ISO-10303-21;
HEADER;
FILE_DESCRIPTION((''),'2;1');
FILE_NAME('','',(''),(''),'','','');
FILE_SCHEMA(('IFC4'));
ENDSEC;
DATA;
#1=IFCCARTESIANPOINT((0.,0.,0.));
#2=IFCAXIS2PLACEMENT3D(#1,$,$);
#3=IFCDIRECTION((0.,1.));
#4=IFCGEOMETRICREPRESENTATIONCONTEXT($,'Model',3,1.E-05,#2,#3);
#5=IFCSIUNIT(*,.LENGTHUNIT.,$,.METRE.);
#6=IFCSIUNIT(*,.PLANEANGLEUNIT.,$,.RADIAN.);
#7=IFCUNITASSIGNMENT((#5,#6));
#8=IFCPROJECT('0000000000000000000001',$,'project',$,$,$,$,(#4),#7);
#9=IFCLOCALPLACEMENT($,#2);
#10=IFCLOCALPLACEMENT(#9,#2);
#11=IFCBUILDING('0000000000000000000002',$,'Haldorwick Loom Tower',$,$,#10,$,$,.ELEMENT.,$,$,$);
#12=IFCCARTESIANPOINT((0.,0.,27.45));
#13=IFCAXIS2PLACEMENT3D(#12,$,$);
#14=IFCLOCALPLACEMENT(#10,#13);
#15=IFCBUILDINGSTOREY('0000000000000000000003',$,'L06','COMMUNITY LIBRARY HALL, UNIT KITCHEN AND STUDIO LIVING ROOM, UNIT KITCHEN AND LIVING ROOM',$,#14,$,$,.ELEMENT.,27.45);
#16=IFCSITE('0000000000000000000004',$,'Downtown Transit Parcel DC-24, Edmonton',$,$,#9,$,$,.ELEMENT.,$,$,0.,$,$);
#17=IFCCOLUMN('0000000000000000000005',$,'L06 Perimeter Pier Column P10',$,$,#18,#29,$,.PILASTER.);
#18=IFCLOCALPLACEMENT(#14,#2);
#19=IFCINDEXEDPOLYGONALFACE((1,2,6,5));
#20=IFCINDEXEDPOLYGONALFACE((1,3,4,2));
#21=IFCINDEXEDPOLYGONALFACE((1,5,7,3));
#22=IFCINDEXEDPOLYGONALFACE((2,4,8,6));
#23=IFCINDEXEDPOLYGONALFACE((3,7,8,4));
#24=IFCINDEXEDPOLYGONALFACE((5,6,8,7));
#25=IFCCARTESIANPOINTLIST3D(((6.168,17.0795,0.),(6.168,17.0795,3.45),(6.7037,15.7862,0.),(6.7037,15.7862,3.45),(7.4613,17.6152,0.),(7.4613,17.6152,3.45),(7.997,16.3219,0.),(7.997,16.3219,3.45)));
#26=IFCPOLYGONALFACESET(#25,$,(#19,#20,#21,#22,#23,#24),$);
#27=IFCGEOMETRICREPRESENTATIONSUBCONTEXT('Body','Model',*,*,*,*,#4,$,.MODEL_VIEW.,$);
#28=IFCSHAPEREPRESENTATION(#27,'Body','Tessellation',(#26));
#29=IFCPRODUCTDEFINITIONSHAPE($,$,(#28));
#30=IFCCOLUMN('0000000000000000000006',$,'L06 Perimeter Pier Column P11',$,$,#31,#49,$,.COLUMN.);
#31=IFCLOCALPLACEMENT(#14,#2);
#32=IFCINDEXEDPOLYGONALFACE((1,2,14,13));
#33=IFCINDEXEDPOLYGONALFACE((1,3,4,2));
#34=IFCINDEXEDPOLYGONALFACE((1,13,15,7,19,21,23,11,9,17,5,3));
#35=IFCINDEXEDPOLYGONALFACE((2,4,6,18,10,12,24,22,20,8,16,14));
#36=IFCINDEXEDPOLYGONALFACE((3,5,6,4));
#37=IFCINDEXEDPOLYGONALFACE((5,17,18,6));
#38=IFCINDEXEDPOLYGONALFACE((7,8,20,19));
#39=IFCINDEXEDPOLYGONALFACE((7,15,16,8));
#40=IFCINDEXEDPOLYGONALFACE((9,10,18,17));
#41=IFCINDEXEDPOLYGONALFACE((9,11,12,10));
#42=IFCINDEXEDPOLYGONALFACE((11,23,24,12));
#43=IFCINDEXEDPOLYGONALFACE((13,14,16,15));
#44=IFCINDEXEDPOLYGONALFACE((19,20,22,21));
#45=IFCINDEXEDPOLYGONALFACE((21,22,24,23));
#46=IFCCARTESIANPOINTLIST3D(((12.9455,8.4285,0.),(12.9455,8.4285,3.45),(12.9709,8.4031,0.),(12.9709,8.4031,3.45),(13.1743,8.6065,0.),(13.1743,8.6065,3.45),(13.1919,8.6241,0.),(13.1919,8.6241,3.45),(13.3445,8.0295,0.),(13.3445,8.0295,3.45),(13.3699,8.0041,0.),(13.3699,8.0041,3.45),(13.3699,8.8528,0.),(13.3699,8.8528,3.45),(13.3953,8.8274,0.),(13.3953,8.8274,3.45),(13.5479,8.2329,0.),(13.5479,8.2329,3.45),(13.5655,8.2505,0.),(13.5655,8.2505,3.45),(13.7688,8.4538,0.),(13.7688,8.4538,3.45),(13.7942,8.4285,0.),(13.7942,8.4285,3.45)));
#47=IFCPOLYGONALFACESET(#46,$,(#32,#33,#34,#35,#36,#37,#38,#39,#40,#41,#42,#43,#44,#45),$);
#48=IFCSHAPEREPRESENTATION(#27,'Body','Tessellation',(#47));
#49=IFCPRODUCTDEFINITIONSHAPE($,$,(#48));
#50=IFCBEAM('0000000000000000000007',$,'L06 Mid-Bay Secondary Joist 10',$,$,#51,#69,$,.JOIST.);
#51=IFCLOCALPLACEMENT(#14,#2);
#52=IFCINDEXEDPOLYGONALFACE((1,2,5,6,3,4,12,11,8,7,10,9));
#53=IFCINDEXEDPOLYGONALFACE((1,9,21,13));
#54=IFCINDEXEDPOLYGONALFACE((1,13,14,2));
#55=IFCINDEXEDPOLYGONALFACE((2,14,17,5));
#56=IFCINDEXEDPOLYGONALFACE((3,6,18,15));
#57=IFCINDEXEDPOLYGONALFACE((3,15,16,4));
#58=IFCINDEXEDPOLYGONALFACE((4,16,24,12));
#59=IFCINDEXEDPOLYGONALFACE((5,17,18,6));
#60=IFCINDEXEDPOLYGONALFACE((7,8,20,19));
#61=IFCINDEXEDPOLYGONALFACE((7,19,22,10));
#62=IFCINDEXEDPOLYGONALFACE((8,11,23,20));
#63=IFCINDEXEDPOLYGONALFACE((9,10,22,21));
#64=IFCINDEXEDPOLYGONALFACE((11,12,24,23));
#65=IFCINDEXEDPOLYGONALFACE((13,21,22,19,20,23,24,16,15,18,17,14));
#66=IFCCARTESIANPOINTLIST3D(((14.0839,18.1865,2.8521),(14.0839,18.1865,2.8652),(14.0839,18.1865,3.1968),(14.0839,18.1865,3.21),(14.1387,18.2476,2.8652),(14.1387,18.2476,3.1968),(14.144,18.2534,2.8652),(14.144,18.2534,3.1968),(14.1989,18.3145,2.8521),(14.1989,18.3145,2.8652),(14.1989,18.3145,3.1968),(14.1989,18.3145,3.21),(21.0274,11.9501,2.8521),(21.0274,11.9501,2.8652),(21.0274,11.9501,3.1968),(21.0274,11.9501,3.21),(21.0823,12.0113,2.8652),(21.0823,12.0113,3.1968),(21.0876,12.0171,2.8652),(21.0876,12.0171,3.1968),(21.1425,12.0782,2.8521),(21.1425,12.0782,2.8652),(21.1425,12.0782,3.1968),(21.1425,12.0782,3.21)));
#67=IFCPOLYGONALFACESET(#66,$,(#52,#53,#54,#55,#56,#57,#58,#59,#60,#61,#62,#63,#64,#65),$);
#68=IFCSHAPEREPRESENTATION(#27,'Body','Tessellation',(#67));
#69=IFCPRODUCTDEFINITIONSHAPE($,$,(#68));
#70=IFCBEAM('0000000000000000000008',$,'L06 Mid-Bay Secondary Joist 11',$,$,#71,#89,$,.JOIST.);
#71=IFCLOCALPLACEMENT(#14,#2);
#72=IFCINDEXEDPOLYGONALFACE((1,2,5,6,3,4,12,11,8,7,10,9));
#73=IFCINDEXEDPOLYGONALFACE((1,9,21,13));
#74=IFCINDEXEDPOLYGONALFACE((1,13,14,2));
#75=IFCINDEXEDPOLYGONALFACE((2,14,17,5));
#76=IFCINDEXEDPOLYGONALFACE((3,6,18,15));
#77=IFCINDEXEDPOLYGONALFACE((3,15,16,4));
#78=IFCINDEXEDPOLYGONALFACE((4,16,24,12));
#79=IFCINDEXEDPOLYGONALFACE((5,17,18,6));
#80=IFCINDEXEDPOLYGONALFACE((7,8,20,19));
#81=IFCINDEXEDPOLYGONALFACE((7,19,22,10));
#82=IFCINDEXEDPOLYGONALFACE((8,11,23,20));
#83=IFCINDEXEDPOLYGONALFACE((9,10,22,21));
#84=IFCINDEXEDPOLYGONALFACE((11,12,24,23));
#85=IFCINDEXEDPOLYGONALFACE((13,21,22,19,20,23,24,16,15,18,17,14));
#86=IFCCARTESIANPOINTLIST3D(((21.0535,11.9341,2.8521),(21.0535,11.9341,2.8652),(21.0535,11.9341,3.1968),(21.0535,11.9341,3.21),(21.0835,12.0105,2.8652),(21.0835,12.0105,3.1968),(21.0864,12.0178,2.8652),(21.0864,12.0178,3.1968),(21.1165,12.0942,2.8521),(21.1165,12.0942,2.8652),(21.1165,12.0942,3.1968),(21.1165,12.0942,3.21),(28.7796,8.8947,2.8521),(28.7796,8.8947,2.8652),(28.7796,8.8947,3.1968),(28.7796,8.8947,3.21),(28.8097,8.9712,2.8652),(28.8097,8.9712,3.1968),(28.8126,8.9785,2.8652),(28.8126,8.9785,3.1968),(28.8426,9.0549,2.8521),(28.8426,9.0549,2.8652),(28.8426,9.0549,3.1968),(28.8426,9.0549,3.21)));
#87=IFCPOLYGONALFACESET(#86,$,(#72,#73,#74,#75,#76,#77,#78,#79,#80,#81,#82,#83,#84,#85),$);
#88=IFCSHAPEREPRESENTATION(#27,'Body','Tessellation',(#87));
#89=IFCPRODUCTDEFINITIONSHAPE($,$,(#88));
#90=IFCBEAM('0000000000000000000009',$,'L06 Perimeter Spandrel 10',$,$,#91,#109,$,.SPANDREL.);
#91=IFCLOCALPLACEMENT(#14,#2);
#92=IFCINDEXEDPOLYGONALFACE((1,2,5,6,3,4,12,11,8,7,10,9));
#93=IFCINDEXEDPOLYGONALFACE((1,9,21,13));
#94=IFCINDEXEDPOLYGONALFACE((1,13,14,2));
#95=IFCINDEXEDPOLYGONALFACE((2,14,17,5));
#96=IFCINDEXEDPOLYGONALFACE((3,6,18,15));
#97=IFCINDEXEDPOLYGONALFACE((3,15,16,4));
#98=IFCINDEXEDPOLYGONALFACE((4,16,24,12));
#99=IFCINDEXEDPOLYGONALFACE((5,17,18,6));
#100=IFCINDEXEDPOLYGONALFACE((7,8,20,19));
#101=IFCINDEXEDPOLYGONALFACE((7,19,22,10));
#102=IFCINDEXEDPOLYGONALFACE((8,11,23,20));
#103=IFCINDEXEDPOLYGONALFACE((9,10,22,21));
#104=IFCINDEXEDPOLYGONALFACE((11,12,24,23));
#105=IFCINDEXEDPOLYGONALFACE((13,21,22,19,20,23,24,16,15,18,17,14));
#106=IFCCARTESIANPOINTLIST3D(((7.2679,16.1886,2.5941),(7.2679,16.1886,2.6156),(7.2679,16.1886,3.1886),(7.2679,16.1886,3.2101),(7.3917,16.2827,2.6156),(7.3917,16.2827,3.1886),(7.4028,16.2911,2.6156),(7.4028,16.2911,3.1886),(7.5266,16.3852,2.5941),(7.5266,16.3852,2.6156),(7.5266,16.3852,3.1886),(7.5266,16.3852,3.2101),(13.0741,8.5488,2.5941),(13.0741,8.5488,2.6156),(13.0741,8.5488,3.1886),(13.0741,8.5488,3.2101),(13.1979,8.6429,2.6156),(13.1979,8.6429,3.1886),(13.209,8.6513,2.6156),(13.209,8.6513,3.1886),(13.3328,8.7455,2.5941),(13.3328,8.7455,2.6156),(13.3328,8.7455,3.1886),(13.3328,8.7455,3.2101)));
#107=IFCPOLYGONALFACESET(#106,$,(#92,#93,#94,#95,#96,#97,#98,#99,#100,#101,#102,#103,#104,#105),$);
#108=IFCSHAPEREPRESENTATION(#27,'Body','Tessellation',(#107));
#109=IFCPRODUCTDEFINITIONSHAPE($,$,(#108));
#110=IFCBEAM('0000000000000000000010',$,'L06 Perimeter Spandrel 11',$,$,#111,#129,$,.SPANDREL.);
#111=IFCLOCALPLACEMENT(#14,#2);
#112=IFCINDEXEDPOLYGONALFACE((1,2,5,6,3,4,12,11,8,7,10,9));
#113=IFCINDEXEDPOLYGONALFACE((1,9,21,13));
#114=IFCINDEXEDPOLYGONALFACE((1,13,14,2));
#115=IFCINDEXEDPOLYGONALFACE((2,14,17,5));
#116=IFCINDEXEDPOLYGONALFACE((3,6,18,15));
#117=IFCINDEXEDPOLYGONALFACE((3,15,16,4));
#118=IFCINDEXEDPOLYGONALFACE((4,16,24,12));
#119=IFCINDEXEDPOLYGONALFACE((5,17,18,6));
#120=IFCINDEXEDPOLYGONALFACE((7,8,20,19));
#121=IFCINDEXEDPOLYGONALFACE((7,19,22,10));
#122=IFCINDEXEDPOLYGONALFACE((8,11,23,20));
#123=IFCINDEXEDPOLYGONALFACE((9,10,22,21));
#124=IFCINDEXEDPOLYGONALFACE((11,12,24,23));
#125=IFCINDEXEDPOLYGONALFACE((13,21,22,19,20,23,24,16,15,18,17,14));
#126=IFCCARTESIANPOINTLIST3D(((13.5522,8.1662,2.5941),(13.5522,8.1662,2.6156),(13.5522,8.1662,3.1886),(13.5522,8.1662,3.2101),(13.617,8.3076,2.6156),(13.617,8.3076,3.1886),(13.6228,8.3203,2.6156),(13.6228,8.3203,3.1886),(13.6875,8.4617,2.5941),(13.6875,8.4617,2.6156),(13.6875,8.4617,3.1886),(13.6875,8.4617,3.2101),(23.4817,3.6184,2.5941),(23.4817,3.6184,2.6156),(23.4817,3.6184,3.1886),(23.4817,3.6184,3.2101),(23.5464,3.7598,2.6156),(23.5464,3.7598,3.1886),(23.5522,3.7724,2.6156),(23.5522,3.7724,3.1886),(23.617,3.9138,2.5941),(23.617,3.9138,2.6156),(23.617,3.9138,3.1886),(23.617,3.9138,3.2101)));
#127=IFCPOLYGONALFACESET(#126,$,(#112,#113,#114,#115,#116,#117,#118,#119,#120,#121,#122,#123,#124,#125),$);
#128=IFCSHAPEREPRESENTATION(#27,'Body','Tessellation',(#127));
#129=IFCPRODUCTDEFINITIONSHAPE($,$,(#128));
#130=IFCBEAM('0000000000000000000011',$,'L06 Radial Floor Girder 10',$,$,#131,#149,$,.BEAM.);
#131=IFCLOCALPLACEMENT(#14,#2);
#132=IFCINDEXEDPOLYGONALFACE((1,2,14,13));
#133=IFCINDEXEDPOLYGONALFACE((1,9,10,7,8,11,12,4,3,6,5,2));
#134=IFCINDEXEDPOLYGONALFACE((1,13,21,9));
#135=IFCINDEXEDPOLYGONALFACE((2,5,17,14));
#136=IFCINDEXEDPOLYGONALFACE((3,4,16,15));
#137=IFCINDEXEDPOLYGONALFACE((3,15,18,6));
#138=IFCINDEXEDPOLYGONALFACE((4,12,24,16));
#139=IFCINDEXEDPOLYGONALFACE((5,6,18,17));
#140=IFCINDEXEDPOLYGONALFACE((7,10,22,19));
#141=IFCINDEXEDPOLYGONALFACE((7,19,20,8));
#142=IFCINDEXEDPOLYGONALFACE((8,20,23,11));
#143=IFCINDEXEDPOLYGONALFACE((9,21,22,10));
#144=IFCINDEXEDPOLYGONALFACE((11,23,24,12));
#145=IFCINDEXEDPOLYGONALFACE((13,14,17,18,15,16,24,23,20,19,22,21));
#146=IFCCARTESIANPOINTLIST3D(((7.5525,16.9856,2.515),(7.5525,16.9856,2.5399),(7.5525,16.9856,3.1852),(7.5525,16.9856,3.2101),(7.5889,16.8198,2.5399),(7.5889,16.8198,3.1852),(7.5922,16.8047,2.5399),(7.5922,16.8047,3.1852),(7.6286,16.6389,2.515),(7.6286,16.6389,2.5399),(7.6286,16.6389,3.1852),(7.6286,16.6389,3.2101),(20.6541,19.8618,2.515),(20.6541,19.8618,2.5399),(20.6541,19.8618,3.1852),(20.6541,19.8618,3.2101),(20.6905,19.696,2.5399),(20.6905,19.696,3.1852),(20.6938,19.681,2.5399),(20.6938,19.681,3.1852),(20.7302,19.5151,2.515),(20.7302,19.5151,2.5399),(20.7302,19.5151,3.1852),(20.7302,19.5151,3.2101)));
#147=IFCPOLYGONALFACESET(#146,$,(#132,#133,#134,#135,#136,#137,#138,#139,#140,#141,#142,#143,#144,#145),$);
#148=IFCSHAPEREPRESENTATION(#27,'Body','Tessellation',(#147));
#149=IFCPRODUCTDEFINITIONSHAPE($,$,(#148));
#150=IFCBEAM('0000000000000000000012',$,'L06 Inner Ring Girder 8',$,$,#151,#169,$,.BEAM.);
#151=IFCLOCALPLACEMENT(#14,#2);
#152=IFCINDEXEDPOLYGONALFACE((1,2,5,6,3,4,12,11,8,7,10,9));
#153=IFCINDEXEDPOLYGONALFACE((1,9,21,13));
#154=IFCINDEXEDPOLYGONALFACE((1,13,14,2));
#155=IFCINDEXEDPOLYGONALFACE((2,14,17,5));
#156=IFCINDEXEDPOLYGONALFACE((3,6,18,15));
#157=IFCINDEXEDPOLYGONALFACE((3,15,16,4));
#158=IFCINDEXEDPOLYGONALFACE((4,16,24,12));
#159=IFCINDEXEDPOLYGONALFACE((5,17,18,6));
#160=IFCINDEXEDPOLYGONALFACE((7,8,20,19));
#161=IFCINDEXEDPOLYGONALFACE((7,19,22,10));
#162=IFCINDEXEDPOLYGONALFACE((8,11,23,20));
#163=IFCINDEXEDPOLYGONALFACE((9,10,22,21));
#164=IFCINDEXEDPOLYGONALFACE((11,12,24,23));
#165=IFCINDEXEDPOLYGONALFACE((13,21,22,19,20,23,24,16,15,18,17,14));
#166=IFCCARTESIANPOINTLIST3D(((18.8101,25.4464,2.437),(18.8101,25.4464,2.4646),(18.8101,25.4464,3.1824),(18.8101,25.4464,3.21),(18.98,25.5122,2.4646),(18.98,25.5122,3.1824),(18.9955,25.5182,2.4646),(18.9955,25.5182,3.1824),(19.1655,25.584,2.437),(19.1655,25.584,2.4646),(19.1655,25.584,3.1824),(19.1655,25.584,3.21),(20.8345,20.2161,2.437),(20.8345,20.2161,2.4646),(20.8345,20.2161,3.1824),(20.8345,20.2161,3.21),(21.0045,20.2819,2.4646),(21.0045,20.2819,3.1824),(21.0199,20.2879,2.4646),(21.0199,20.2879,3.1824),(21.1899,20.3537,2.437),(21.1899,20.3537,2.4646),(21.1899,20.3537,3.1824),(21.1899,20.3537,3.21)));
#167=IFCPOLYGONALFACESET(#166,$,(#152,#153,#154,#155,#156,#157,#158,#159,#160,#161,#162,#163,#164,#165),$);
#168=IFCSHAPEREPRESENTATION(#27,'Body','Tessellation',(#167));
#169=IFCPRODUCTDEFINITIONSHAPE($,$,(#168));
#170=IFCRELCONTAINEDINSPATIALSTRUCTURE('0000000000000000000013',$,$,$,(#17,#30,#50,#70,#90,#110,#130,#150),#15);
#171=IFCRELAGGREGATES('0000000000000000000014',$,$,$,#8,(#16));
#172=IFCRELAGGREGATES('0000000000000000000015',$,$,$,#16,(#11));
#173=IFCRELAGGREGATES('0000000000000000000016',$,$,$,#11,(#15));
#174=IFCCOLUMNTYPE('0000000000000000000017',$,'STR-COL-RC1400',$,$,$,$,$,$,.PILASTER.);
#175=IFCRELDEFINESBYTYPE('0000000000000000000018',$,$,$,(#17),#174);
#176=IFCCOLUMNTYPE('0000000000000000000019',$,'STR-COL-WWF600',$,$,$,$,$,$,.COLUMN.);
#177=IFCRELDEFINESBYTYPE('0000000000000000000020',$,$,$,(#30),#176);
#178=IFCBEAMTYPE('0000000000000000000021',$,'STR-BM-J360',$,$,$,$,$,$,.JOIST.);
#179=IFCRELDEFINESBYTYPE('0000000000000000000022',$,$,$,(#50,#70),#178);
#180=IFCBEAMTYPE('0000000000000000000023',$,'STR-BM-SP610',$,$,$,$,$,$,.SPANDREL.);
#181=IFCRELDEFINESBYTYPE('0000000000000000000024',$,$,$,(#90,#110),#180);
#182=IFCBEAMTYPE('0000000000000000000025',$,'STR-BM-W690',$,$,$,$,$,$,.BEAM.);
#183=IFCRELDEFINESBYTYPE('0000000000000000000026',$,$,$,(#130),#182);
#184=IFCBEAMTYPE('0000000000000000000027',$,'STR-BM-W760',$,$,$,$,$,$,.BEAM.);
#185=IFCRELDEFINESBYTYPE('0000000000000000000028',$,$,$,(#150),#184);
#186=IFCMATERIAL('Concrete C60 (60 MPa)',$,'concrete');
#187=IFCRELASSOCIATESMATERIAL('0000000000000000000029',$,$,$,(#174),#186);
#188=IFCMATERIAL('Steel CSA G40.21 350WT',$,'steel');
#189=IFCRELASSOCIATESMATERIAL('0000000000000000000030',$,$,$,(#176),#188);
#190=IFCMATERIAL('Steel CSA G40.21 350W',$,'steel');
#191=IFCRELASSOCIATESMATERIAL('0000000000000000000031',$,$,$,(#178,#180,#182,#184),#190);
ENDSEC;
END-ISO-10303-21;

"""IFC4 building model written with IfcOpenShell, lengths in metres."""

from ifc_helpers import new_model, si_unit, direction, frame, origin, origin_2d, place, context, subcontext, project, spatial, rectangle, i_section, extrude, material, material_profile, profile_set, type_object, element, save


model = new_model("IFC4")

# Units and contexts
model_context = context("Model", 3, precision=1e-05, world=origin(), true_north=direction((0.0, 1.0)))
body_context = subcontext(model_context, "Body", "Model", "MODEL_VIEW")
ifc_project = project(units=[si_unit("LENGTHUNIT", "METRE"), si_unit("PLANEANGLEUNIT", "RADIAN")], contexts=[model_context])

# Site, building, storey
site_placement = place(None, origin())
site = spatial("IfcSite", under=ifc_project, at=site_placement, Name="Downtown Transit Parcel DC-24, Edmonton", CompositionType="ELEMENT", RefElevation=0.0)
building_placement = place(site_placement, origin())
building = spatial("IfcBuilding", under=site, at=building_placement, Name="Haldorwick Loom Tower", CompositionType="ELEMENT")
storey_placement = place(building_placement, frame((0.0, 0.0, 27.45)))
storey = spatial("IfcBuildingStorey", under=building, at=storey_placement, Name="L06", Description="COMMUNITY LIBRARY HALL, UNIT KITCHEN AND STUDIO LIVING ROOM, UNIT KITCHEN AND LIVING ROOM", CompositionType="ELEMENT", Elevation=27.45)

# Columns
ifc_material_1 = material(Name="Concrete C60 (60 MPa)", Category="concrete")
ifc_material_profile_1 = material_profile(ifc_material_1, rectangle(XDim=1.3999, YDim=1.3999, at=origin_2d()), Name="RC1400X1400", Category="concrete")
ifc_profile_set_1 = profile_set([ifc_material_profile_1], Name="Concrete C60 (60 MPa)")
column_type_1 = type_object("IfcColumnType", Name="STR-COL-RC1400", PredefinedType="PILASTER", material=ifc_profile_set_1)
column_1_placement = place(storey_placement, frame((7.0825, 16.7007, 0.0), z_axis=(0.0, 0.0, 1.0), x_axis=(-0.92388, -0.382683, 0.0)))
element("IfcColumn", 1, at=column_1_placement, inside=storey, type_object=column_type_1, Name="L06 Perimeter Pier Column P10", PredefinedType="PILASTER", context=body_context, shape_type="SweptSolid", body=[
    extrude(rectangle(XDim=1.3999, YDim=1.3999, at=origin_2d()), origin(), (0.0, 0.0, 1.0), 3.45),
])
ifc_material_2 = material(Name="Steel CSA G40.21 350WT", Category="steel")
ifc_material_profile_2 = material_profile(ifc_material_2, i_section(OverallWidth=0.6001, OverallDepth=0.6001, WebThickness=0.0249, FlangeThickness=0.0359, at=origin_2d()), Name="WWF600X600", Category="steel")
ifc_profile_set_2 = profile_set([ifc_material_profile_2], Name="Steel CSA G40.21 350WT")
column_type_2 = type_object("IfcColumnType", Name="STR-COL-WWF600", PredefinedType="COLUMN", material=ifc_profile_set_2)
column_2_placement = place(storey_placement, frame((13.3699, 8.4285, 0.0), z_axis=(0.0, 0.0, 1.0), x_axis=(-0.707107, -0.707107, 0.0)))
element("IfcColumn", 2, at=column_2_placement, inside=storey, type_object=column_type_2, Name="L06 Perimeter Pier Column P11", PredefinedType="COLUMN", context=body_context, shape_type="SweptSolid", body=[
    extrude(i_section(OverallWidth=0.6001, OverallDepth=0.6001, WebThickness=0.0249, FlangeThickness=0.0359, at=origin_2d()), origin(), (0.0, 0.0, 1.0), 3.45),
])

# Beams
ifc_material_3 = material(Name="Steel CSA G40.21 350W", Category="steel")
ifc_material_profile_3 = material_profile(ifc_material_3, i_section(OverallWidth=0.1721, OverallDepth=0.3579, WebThickness=0.0078, FlangeThickness=0.0132, at=origin_2d()), Name="W360X57", Category="steel")
ifc_profile_set_3 = profile_set([ifc_material_profile_3], Name="Steel CSA G40.21 350W")
beam_type_1 = type_object("IfcBeamType", Name="STR-BM-J360", PredefinedType="JOIST", material=ifc_profile_set_3)
beam_1_placement = place(storey_placement, frame((14.1414, 18.2505, 3.031), z_axis=(0.743982, -0.6682, 0.0), x_axis=(0.6682, 0.743982, 0.0)))
element("IfcBeam", 3, at=beam_1_placement, inside=storey, type_object=beam_type_1, Name="L06 Mid-Bay Secondary Joist 10", PredefinedType="JOIST", context=body_context, shape_type="SweptSolid", body=[
    extrude(i_section(OverallWidth=0.1721, OverallDepth=0.3579, WebThickness=0.0078, FlangeThickness=0.0132, at=origin_2d()), origin(), (0.0, 0.0, 1.0), 9.333),
])
beam_2_placement = place(storey_placement, frame((21.085, 12.0142, 3.031), z_axis=(0.930585, -0.366076, 0.0), x_axis=(0.366076, 0.930585, 0.0)))
element("IfcBeam", 4, at=beam_2_placement, inside=storey, type_object=beam_type_1, Name="L06 Mid-Bay Secondary Joist 11", PredefinedType="JOIST", context=body_context, shape_type="SweptSolid", body=[
    extrude(i_section(OverallWidth=0.1721, OverallDepth=0.3579, WebThickness=0.0078, FlangeThickness=0.0132, at=origin_2d()), origin(), (0.0, 0.0, 1.0), 8.3025),
])
ifc_material_profile_4 = material_profile(ifc_material_3, i_section(OverallWidth=0.325, OverallDepth=0.616, WebThickness=0.0139, FlangeThickness=0.0215, at=origin_2d()), Name="W610X174", Category="steel")
ifc_profile_set_4 = profile_set([ifc_material_profile_4], Name="Steel CSA G40.21 350W")
beam_type_2 = type_object("IfcBeamType", Name="STR-BM-SP610", PredefinedType="SPANDREL", material=ifc_profile_set_4)
beam_3_placement = place(storey_placement, frame((7.3972, 16.2869, 2.9021), z_axis=(0.605085, -0.796161, 0.0), x_axis=(0.796161, 0.605085, 0.0)))
element("IfcBeam", 5, at=beam_3_placement, inside=storey, type_object=beam_type_2, Name="L06 Perimeter Spandrel 10", PredefinedType="SPANDREL", context=body_context, shape_type="SweptSolid", body=[
    extrude(i_section(OverallWidth=0.325, OverallDepth=0.616, WebThickness=0.0139, FlangeThickness=0.0215, at=origin_2d()), origin(), (0.0, 0.0, 1.0), 9.5957),
])
beam_4_placement = place(storey_placement, frame((13.6199, 8.314, 2.9021), z_axis=(0.909174, -0.416417, 0.0), x_axis=(0.416417, 0.909174, 0.0)))
element("IfcBeam", 6, at=beam_4_placement, inside=storey, type_object=beam_type_2, Name="L06 Perimeter Spandrel 11", PredefinedType="SPANDREL", context=body_context, shape_type="SweptSolid", body=[
    extrude(i_section(OverallWidth=0.325, OverallDepth=0.616, WebThickness=0.0139, FlangeThickness=0.0215, at=origin_2d()), origin(), (0.0, 0.0, 1.0), 10.9214),
])
ifc_material_profile_5 = material_profile(ifc_material_3, i_section(OverallWidth=0.355, OverallDepth=0.6951, WebThickness=0.0154, FlangeThickness=0.0249, at=origin_2d()), Name="W690X217", Category="steel")
ifc_profile_set_5 = profile_set([ifc_material_profile_5], Name="Steel CSA G40.21 350W")
beam_type_3 = type_object("IfcBeamType", Name="STR-BM-W690", PredefinedType="BEAM", material=ifc_profile_set_5)
beam_5_placement = place(storey_placement, frame((20.6921, 19.6885, 2.8625), z_axis=(-0.97674, -0.214426, 0.0), x_axis=(0.214426, -0.97674, 0.0)))
element("IfcBeam", 7, at=beam_5_placement, inside=storey, type_object=beam_type_3, Name="L06 Radial Floor Girder 10", PredefinedType="BEAM", context=body_context, shape_type="SweptSolid", body=[
    extrude(i_section(OverallWidth=0.355, OverallDepth=0.6951, WebThickness=0.0154, FlangeThickness=0.0249, at=origin_2d()), origin(), (0.0, 0.0, 1.0), 13.4136),
])
ifc_material_profile_6 = material_profile(ifc_material_3, i_section(OverallWidth=0.3811, OverallDepth=0.7729, WebThickness=0.0166, FlangeThickness=0.0276, at=origin_2d()), Name="W760X257", Category="steel")
ifc_profile_set_6 = profile_set([ifc_material_profile_6], Name="Steel CSA G40.21 350W")
beam_type_4 = type_object("IfcBeamType", Name="STR-BM-W760", PredefinedType="BEAM", material=ifc_profile_set_6)
beam_6_placement = place(storey_placement, frame((21.0122, 20.2849, 2.8235), z_axis=(-0.360965, 0.932579, 0.0), x_axis=(-0.932579, -0.360965, 0.0)))
element("IfcBeam", 8, at=beam_6_placement, inside=storey, type_object=beam_type_4, Name="L06 Inner Ring Girder 8", PredefinedType="BEAM", context=body_context, shape_type="SweptSolid", body=[
    extrude(i_section(OverallWidth=0.3811, OverallDepth=0.7729, WebThickness=0.0166, FlangeThickness=0.0276, at=origin_2d()), origin(), (0.0, 0.0, 1.0), 5.6084),
])

save(model, "model.ifc")
